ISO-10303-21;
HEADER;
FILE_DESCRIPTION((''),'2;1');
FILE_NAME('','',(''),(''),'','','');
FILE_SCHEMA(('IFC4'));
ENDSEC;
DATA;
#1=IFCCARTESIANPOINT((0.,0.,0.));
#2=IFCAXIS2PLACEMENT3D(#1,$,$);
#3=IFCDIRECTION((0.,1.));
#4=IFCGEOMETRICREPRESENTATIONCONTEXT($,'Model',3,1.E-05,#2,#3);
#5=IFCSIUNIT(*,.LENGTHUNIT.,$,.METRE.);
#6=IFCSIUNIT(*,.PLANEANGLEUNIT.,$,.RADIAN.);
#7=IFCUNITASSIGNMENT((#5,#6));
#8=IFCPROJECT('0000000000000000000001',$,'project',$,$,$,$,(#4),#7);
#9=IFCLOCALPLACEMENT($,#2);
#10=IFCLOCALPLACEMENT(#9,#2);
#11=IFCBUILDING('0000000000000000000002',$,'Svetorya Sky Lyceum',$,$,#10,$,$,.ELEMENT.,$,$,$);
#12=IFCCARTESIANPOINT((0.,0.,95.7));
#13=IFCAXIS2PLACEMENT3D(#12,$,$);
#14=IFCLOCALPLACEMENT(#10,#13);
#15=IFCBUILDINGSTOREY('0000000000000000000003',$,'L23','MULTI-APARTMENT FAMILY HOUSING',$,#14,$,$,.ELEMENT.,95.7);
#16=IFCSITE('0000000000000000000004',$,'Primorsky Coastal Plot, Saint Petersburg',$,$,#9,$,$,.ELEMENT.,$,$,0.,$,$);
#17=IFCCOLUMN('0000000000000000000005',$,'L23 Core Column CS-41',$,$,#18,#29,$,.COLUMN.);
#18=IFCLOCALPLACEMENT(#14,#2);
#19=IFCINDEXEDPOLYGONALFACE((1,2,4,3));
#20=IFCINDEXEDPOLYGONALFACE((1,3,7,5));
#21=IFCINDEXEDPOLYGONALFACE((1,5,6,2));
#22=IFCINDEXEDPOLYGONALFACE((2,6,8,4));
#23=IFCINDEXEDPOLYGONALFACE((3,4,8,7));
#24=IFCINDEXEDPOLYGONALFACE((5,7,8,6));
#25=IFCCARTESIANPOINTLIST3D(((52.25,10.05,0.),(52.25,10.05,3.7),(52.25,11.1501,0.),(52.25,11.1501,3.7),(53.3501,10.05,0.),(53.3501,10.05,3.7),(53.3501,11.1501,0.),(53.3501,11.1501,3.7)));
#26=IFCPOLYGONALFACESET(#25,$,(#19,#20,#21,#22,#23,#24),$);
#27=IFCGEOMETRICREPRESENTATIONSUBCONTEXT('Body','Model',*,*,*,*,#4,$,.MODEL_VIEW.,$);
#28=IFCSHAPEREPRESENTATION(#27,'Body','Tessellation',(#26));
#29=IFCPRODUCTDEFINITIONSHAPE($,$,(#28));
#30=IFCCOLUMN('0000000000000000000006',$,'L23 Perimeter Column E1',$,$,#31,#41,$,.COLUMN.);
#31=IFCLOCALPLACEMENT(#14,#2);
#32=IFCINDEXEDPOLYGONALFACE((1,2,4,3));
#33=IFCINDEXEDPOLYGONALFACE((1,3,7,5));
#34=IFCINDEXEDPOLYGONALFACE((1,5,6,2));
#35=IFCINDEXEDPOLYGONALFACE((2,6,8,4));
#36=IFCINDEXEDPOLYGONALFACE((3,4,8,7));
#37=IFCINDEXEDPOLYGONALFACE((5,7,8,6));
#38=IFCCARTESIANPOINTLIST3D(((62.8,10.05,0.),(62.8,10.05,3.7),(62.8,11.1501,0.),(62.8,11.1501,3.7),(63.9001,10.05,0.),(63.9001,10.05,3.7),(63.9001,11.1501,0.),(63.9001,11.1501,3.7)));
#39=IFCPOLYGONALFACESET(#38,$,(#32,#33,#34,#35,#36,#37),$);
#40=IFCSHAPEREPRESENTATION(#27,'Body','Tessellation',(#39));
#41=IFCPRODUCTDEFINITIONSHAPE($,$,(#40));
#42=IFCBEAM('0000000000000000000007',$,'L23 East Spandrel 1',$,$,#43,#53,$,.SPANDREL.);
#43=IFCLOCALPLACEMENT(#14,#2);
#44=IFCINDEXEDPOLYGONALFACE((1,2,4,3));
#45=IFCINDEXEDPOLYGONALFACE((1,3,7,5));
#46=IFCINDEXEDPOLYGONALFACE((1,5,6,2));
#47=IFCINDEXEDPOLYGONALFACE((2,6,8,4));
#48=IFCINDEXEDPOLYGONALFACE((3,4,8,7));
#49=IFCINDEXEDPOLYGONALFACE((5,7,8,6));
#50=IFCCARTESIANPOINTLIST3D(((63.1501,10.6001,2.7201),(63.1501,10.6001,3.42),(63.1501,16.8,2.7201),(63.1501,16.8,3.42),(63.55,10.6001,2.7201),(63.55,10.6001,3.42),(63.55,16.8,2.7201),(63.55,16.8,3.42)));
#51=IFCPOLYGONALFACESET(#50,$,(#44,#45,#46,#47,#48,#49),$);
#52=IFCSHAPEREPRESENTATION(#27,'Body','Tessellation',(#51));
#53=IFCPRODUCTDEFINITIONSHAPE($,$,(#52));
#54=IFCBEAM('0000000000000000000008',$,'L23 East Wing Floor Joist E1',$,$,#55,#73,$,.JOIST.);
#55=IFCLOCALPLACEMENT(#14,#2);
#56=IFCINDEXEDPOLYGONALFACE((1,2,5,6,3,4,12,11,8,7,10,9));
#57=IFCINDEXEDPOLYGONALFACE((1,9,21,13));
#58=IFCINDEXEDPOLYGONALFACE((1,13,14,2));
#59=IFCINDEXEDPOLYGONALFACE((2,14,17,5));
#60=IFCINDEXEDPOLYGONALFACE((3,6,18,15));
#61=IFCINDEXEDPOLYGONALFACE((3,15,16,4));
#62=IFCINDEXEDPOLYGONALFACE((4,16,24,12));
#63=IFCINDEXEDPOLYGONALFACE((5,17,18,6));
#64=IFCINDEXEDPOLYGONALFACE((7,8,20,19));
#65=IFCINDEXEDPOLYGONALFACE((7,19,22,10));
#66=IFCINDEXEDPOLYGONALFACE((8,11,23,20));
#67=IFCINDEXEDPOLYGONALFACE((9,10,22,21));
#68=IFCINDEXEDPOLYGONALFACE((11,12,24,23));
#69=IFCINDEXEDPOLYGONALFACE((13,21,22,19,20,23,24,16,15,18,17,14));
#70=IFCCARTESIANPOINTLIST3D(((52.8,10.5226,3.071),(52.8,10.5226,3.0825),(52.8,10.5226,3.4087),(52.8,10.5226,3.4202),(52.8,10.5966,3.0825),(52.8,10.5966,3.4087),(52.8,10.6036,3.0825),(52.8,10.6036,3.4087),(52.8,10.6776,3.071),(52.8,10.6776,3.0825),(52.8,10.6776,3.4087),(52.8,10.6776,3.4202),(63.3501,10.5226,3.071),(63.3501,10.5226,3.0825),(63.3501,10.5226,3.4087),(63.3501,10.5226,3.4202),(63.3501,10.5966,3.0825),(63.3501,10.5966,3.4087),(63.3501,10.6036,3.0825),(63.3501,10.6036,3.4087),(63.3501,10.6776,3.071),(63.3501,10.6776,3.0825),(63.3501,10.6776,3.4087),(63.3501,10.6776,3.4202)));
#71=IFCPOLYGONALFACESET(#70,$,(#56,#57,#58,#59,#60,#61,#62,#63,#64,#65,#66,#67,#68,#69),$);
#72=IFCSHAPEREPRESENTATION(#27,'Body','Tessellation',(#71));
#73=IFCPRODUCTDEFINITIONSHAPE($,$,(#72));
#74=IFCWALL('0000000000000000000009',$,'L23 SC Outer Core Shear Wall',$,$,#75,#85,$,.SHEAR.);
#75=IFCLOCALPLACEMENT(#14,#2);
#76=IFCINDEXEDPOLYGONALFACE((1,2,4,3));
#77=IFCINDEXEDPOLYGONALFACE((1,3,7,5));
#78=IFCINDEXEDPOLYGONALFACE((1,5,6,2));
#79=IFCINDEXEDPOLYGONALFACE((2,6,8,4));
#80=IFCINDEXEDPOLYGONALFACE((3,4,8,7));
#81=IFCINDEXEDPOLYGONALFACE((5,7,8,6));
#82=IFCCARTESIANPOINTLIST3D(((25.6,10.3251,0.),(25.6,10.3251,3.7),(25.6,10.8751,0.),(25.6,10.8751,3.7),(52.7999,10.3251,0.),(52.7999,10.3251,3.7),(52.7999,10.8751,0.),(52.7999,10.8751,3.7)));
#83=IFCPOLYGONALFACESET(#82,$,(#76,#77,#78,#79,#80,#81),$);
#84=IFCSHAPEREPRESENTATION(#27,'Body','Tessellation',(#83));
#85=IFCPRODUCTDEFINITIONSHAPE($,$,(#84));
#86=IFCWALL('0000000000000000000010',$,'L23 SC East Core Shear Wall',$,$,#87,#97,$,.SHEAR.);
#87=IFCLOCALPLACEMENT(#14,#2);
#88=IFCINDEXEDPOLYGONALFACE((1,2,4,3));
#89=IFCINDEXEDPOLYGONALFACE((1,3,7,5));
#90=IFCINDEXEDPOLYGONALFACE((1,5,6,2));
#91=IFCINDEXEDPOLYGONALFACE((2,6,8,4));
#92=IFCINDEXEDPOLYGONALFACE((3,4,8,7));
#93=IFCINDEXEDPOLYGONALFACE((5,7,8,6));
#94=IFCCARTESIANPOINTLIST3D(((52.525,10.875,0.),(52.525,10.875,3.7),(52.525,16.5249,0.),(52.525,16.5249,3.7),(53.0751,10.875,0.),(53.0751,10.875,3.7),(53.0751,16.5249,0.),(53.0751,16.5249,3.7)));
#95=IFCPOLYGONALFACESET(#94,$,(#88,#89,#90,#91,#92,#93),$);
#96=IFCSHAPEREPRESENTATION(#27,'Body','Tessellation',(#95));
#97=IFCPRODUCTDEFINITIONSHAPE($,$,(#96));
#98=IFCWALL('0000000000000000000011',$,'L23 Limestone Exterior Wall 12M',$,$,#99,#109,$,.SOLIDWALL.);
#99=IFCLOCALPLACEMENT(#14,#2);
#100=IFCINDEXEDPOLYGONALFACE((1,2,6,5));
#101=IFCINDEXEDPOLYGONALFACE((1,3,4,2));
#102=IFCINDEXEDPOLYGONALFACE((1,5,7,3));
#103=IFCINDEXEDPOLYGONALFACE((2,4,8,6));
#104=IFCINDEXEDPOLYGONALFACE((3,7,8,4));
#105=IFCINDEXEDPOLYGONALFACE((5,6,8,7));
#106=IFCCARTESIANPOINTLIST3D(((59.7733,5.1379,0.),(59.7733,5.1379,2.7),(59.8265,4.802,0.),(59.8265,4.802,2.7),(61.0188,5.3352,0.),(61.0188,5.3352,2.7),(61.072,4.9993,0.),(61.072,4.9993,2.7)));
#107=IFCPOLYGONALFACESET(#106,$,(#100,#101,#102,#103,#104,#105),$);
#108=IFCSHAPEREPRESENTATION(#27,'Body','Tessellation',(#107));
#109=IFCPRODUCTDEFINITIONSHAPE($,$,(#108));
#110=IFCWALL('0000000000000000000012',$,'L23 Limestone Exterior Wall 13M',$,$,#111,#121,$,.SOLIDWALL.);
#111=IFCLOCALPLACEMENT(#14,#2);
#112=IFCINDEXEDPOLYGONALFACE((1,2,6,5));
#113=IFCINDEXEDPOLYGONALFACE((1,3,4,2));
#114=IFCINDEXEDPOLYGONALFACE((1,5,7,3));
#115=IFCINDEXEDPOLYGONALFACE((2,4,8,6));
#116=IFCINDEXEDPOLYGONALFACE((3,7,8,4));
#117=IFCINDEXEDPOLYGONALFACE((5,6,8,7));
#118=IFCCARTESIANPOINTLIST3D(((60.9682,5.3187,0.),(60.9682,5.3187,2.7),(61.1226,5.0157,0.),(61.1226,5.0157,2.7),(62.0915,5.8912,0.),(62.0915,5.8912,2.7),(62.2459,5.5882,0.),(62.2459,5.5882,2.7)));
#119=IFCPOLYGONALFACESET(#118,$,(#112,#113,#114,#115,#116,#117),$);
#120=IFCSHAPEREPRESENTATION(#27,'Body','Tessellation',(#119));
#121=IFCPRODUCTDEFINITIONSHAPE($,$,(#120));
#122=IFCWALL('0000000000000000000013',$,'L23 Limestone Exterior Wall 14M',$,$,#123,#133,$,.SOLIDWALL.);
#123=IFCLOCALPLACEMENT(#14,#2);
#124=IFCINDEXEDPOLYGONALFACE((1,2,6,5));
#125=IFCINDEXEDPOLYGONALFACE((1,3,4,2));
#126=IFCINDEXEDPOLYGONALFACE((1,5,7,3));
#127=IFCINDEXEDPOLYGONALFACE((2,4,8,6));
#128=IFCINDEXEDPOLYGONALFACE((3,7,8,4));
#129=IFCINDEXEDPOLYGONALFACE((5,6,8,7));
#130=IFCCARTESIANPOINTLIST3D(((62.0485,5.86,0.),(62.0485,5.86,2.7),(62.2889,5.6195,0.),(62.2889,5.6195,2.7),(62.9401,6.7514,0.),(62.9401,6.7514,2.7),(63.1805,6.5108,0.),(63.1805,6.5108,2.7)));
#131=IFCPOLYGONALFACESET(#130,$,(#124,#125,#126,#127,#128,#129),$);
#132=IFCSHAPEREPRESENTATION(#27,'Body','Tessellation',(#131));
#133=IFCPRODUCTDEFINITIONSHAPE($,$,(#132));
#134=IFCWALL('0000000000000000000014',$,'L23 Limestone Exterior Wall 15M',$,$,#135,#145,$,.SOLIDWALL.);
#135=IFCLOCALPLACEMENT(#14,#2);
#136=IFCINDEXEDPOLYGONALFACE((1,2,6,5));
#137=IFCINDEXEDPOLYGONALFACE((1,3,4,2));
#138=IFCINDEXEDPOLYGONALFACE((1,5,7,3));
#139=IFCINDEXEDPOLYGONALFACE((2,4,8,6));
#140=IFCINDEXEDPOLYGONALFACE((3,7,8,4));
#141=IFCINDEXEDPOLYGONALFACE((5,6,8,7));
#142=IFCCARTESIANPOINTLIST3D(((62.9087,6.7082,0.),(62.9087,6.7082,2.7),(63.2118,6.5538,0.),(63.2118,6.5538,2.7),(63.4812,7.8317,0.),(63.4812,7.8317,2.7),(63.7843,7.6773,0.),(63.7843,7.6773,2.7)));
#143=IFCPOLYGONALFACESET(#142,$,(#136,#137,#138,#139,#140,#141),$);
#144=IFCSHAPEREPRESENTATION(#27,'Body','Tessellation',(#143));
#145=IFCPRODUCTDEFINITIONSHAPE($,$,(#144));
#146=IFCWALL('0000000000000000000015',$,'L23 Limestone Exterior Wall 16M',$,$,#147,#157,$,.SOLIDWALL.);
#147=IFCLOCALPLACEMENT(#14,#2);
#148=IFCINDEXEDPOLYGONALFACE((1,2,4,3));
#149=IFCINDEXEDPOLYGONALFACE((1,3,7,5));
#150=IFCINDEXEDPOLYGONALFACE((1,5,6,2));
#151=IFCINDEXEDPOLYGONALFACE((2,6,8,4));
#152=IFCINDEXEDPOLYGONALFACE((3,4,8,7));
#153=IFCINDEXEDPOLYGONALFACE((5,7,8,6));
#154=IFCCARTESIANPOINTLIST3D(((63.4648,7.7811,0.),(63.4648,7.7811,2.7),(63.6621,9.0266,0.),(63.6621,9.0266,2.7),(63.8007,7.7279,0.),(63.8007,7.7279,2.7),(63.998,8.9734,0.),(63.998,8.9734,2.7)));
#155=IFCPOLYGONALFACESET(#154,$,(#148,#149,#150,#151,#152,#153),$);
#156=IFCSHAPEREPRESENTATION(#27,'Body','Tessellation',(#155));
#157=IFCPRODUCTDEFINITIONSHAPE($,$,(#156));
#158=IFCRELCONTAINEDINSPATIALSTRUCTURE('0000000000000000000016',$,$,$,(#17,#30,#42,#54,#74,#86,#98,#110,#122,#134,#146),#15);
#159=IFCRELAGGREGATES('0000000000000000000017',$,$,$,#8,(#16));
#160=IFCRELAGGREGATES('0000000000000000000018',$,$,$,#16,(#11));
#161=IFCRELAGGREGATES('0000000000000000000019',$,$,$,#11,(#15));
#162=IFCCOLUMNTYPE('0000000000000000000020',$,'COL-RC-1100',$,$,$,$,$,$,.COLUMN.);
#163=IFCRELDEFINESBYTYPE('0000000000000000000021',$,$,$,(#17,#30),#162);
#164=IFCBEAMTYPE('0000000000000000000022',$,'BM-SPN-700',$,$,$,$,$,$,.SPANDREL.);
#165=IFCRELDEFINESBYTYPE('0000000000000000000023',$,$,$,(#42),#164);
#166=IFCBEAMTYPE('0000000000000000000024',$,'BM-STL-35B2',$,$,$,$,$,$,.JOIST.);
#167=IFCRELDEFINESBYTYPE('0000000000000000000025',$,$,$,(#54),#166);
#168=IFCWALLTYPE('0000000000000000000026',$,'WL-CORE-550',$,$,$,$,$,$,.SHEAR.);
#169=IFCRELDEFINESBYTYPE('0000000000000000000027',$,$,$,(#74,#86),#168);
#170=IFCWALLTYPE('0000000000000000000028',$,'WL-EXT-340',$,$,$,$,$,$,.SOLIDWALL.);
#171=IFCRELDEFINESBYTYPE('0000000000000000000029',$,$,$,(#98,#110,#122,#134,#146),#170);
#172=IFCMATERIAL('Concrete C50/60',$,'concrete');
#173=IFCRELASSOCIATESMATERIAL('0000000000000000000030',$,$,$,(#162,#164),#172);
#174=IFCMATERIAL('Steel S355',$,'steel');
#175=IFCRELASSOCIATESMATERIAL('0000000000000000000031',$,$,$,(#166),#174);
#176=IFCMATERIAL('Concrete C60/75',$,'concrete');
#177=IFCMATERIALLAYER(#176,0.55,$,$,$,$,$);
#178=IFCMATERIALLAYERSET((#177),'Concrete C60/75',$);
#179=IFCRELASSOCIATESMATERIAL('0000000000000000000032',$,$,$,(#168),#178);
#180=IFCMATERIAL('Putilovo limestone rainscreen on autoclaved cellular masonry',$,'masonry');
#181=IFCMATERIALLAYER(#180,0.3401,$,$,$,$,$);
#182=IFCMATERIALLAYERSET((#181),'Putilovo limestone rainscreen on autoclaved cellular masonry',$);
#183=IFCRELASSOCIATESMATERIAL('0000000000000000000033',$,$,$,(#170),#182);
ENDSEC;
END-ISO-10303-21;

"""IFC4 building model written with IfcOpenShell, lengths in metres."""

from ifc_helpers import new_model, si_unit, direction, frame, frame_2d, origin, origin_2d, place, context, subcontext, project, spatial, rectangle, i_section, extrude, material, layer, layer_set, material_profile, profile_set, type_object, element, save


model = new_model("IFC4")

# Units and contexts
model_context = context("Model", 3, precision=1e-05, world=origin(), true_north=direction((0.0, 1.0)))
body_context = subcontext(model_context, "Body", "Model", "MODEL_VIEW")
ifc_project = project(units=[si_unit("LENGTHUNIT", "METRE"), si_unit("PLANEANGLEUNIT", "RADIAN")], contexts=[model_context])

# Site, building, storey
site_placement = place(None, origin())
site = spatial("IfcSite", under=ifc_project, at=site_placement, Name="Primorsky Coastal Plot, Saint Petersburg", CompositionType="ELEMENT", RefElevation=0.0)
building_placement = place(site_placement, origin())
building = spatial("IfcBuilding", under=site, at=building_placement, Name="Svetorya Sky Lyceum", CompositionType="ELEMENT")
storey_placement = place(building_placement, frame((0.0, 0.0, 95.7)))
storey = spatial("IfcBuildingStorey", under=building, at=storey_placement, Name="L23", Description="MULTI-APARTMENT FAMILY HOUSING", CompositionType="ELEMENT", Elevation=95.7)

# Columns
ifc_material_1 = material(Name="Concrete C50/60", Category="concrete")
ifc_material_profile_1 = material_profile(ifc_material_1, rectangle(XDim=1.1001, YDim=1.1001, at=origin_2d()), Name="RC COL 1100x1100")
ifc_profile_set_1 = profile_set([ifc_material_profile_1], Name="Concrete C50/60")
column_type = type_object("IfcColumnType", Name="COL-RC-1100", PredefinedType="COLUMN", material=ifc_profile_set_1)
for number, where, z_axis, x_axis, name in (
    (1, (52.8, 10.6001, 0.0), (0.0, 0.0, 1.0), (1.0, 0.0, 0.0), "L23 Core Column CS-41"),
    (2, (63.3501, 10.6001, 0.0), (0.0, 0.0, 1.0), (1.0, 0.0, 0.0), "L23 Perimeter Column E1"),
):
    element("IfcColumn", number, at=place(storey_placement, frame(where, z_axis=z_axis, x_axis=x_axis)), inside=storey, type_object=column_type, Name=name, PredefinedType="COLUMN", context=body_context, shape_type="SweptSolid", body=[
        extrude(rectangle(XDim=1.1001, YDim=1.1001, at=origin_2d()), origin(), (0.0, 0.0, 1.0), 3.7),
    ])

# Beams
ifc_material_profile_2 = material_profile(ifc_material_1, rectangle(XDim=0.3999, YDim=0.7, at=origin_2d()), Name="RC SPANDREL 400x700")
ifc_profile_set_2 = profile_set([ifc_material_profile_2], Name="Concrete C50/60")
beam_type_1 = type_object("IfcBeamType", Name="BM-SPN-700", PredefinedType="SPANDREL", material=ifc_profile_set_2)
beam_1_placement = place(storey_placement, frame((63.3501, 10.6001, 3.0701), z_axis=(0.0, 1.0, 0.0), x_axis=(-1.0, 0.0, 0.0)))
element("IfcBeam", 3, at=beam_1_placement, inside=storey, type_object=beam_type_1, Name="L23 East Spandrel 1", PredefinedType="SPANDREL", context=body_context, shape_type="SweptSolid", body=[
    extrude(rectangle(XDim=0.3999, YDim=0.7, at=origin_2d()), origin(), (0.0, 0.0, 1.0), 6.2),
])
ifc_material_2 = material(Name="Steel S355", Category="steel")
ifc_material_profile_3 = material_profile(ifc_material_2, i_section(OverallWidth=0.155, OverallDepth=0.3491, WebThickness=0.0071, FlangeThickness=0.0115, at=origin_2d()), Name="GOST 35B2")
ifc_profile_set_3 = profile_set([ifc_material_profile_3], Name="Steel S355")
beam_type_2 = type_object("IfcBeamType", Name="BM-STL-35B2", PredefinedType="JOIST", material=ifc_profile_set_3)
beam_2_placement = place(storey_placement, frame((52.8, 10.6001, 3.2456), z_axis=(1.0, 0.0, 0.0), x_axis=(0.0, 1.0, 0.0)))
element("IfcBeam", 4, at=beam_2_placement, inside=storey, type_object=beam_type_2, Name="L23 East Wing Floor Joist E1", PredefinedType="JOIST", context=body_context, shape_type="SweptSolid", body=[
    extrude(i_section(OverallWidth=0.155, OverallDepth=0.3491, WebThickness=0.0071, FlangeThickness=0.0115, at=origin_2d()), origin(), (0.0, 0.0, 1.0), 10.55),
])

# Walls
ifc_material_3 = material(Name="Concrete C60/75", Category="concrete")
ifc_layer_1 = layer(ifc_material_3, 0.55)
ifc_layer_set_1 = layer_set([ifc_layer_1], Name="Concrete C60/75")
wall_type_1 = type_object("IfcWallType", Name="WL-CORE-550", PredefinedType="SHEAR", material=ifc_layer_set_1)
wall_1_placement = place(storey_placement, frame((52.8, 10.6001, 0.0), z_axis=(0.0, 0.0, 1.0), x_axis=(-1.0, 0.0, 0.0)))
element("IfcWall", 5, at=wall_1_placement, inside=storey, type_object=wall_type_1, Name="L23 SC Outer Core Shear Wall", PredefinedType="SHEAR", context=body_context, shape_type="SweptSolid", body=[
    extrude(rectangle(XDim=27.2, YDim=0.55, at=frame_2d((13.6001, 0.0))), origin(), (0.0, 0.0, 1.0), 3.7),
])
wall_2_placement = place(storey_placement, frame((52.8, 10.875, 0.0), z_axis=(0.0, 0.0, 1.0), x_axis=(0.0, 1.0, 0.0)))
element("IfcWall", 6, at=wall_2_placement, inside=storey, type_object=wall_type_1, Name="L23 SC East Core Shear Wall", PredefinedType="SHEAR", context=body_context, shape_type="SweptSolid", body=[
    extrude(rectangle(XDim=5.6499, YDim=0.55, at=frame_2d((2.825, 0.0))), origin(), (0.0, 0.0, 1.0), 3.7),
])
ifc_material_4 = material(Name="Putilovo limestone rainscreen on autoclaved cellular masonry", Category="masonry")
ifc_layer_2 = layer(ifc_material_4, 0.3401)
ifc_layer_set_2 = layer_set([ifc_layer_2], Name="Putilovo limestone rainscreen on autoclaved cellular masonry")
wall_type_2 = type_object("IfcWallType", Name="WL-EXT-340", PredefinedType="SOLIDWALL", material=ifc_layer_set_2)
wall_3_placement = place(storey_placement, frame((59.8, 4.97, 0.0), z_axis=(0.0, 0.0, 1.0), x_axis=(0.987686, 0.15645, 0.0)))
element("IfcWall", 7, at=wall_3_placement, inside=storey, type_object=wall_type_2, Name="L23 Limestone Exterior Wall 12M", PredefinedType="SOLIDWALL", context=body_context, shape_type="SweptSolid", body=[
    extrude(rectangle(XDim=1.261, YDim=0.3401, at=frame_2d((0.6304, 0.0))), origin(), (0.0, 0.0, 1.0), 2.7),
])
for number, where, z_axis, x_axis, name in (
    (8, (61.0454, 5.1672, 0.0), (0.0, 0.0, 1.0), (0.890954, 0.454094, 0.0), "L23 Limestone Exterior Wall 13M"),
    (9, (62.1687, 5.7397, 0.0), (0.0, 0.0, 1.0), (0.707204, 0.70701, 0.0), "L23 Limestone Exterior Wall 14M"),
):
    element("IfcWall", number, at=place(storey_placement, frame(where, z_axis=z_axis, x_axis=x_axis)), inside=storey, type_object=wall_type_2, Name=name, PredefinedType="SOLIDWALL", context=body_context, shape_type="SweptSolid", body=[
        extrude(rectangle(XDim=1.2607, YDim=0.3401, at=frame_2d((0.6304, 0.0))), origin(), (0.0, 0.0, 1.0), 2.7),
    ])
for number, where, z_axis, x_axis, name in (
    (10, (63.0603, 6.6311, 0.0), (0.0, 0.0, 1.0), (0.454016, 0.890994, 0.0), "L23 Limestone Exterior Wall 15M"),
    (11, (63.6328, 7.7546, 0.0), (0.0, 0.0, 1.0), (0.15645, 0.987686, 0.0), "L23 Limestone Exterior Wall 16M"),
):
    element("IfcWall", number, at=place(storey_placement, frame(where, z_axis=z_axis, x_axis=x_axis)), inside=storey, type_object=wall_type_2, Name=name, PredefinedType="SOLIDWALL", context=body_context, shape_type="SweptSolid", body=[
        extrude(rectangle(XDim=1.261, YDim=0.3401, at=frame_2d((0.6304, 0.0))), origin(), (0.0, 0.0, 1.0), 2.7),
    ])

save(model, "model.ifc")
